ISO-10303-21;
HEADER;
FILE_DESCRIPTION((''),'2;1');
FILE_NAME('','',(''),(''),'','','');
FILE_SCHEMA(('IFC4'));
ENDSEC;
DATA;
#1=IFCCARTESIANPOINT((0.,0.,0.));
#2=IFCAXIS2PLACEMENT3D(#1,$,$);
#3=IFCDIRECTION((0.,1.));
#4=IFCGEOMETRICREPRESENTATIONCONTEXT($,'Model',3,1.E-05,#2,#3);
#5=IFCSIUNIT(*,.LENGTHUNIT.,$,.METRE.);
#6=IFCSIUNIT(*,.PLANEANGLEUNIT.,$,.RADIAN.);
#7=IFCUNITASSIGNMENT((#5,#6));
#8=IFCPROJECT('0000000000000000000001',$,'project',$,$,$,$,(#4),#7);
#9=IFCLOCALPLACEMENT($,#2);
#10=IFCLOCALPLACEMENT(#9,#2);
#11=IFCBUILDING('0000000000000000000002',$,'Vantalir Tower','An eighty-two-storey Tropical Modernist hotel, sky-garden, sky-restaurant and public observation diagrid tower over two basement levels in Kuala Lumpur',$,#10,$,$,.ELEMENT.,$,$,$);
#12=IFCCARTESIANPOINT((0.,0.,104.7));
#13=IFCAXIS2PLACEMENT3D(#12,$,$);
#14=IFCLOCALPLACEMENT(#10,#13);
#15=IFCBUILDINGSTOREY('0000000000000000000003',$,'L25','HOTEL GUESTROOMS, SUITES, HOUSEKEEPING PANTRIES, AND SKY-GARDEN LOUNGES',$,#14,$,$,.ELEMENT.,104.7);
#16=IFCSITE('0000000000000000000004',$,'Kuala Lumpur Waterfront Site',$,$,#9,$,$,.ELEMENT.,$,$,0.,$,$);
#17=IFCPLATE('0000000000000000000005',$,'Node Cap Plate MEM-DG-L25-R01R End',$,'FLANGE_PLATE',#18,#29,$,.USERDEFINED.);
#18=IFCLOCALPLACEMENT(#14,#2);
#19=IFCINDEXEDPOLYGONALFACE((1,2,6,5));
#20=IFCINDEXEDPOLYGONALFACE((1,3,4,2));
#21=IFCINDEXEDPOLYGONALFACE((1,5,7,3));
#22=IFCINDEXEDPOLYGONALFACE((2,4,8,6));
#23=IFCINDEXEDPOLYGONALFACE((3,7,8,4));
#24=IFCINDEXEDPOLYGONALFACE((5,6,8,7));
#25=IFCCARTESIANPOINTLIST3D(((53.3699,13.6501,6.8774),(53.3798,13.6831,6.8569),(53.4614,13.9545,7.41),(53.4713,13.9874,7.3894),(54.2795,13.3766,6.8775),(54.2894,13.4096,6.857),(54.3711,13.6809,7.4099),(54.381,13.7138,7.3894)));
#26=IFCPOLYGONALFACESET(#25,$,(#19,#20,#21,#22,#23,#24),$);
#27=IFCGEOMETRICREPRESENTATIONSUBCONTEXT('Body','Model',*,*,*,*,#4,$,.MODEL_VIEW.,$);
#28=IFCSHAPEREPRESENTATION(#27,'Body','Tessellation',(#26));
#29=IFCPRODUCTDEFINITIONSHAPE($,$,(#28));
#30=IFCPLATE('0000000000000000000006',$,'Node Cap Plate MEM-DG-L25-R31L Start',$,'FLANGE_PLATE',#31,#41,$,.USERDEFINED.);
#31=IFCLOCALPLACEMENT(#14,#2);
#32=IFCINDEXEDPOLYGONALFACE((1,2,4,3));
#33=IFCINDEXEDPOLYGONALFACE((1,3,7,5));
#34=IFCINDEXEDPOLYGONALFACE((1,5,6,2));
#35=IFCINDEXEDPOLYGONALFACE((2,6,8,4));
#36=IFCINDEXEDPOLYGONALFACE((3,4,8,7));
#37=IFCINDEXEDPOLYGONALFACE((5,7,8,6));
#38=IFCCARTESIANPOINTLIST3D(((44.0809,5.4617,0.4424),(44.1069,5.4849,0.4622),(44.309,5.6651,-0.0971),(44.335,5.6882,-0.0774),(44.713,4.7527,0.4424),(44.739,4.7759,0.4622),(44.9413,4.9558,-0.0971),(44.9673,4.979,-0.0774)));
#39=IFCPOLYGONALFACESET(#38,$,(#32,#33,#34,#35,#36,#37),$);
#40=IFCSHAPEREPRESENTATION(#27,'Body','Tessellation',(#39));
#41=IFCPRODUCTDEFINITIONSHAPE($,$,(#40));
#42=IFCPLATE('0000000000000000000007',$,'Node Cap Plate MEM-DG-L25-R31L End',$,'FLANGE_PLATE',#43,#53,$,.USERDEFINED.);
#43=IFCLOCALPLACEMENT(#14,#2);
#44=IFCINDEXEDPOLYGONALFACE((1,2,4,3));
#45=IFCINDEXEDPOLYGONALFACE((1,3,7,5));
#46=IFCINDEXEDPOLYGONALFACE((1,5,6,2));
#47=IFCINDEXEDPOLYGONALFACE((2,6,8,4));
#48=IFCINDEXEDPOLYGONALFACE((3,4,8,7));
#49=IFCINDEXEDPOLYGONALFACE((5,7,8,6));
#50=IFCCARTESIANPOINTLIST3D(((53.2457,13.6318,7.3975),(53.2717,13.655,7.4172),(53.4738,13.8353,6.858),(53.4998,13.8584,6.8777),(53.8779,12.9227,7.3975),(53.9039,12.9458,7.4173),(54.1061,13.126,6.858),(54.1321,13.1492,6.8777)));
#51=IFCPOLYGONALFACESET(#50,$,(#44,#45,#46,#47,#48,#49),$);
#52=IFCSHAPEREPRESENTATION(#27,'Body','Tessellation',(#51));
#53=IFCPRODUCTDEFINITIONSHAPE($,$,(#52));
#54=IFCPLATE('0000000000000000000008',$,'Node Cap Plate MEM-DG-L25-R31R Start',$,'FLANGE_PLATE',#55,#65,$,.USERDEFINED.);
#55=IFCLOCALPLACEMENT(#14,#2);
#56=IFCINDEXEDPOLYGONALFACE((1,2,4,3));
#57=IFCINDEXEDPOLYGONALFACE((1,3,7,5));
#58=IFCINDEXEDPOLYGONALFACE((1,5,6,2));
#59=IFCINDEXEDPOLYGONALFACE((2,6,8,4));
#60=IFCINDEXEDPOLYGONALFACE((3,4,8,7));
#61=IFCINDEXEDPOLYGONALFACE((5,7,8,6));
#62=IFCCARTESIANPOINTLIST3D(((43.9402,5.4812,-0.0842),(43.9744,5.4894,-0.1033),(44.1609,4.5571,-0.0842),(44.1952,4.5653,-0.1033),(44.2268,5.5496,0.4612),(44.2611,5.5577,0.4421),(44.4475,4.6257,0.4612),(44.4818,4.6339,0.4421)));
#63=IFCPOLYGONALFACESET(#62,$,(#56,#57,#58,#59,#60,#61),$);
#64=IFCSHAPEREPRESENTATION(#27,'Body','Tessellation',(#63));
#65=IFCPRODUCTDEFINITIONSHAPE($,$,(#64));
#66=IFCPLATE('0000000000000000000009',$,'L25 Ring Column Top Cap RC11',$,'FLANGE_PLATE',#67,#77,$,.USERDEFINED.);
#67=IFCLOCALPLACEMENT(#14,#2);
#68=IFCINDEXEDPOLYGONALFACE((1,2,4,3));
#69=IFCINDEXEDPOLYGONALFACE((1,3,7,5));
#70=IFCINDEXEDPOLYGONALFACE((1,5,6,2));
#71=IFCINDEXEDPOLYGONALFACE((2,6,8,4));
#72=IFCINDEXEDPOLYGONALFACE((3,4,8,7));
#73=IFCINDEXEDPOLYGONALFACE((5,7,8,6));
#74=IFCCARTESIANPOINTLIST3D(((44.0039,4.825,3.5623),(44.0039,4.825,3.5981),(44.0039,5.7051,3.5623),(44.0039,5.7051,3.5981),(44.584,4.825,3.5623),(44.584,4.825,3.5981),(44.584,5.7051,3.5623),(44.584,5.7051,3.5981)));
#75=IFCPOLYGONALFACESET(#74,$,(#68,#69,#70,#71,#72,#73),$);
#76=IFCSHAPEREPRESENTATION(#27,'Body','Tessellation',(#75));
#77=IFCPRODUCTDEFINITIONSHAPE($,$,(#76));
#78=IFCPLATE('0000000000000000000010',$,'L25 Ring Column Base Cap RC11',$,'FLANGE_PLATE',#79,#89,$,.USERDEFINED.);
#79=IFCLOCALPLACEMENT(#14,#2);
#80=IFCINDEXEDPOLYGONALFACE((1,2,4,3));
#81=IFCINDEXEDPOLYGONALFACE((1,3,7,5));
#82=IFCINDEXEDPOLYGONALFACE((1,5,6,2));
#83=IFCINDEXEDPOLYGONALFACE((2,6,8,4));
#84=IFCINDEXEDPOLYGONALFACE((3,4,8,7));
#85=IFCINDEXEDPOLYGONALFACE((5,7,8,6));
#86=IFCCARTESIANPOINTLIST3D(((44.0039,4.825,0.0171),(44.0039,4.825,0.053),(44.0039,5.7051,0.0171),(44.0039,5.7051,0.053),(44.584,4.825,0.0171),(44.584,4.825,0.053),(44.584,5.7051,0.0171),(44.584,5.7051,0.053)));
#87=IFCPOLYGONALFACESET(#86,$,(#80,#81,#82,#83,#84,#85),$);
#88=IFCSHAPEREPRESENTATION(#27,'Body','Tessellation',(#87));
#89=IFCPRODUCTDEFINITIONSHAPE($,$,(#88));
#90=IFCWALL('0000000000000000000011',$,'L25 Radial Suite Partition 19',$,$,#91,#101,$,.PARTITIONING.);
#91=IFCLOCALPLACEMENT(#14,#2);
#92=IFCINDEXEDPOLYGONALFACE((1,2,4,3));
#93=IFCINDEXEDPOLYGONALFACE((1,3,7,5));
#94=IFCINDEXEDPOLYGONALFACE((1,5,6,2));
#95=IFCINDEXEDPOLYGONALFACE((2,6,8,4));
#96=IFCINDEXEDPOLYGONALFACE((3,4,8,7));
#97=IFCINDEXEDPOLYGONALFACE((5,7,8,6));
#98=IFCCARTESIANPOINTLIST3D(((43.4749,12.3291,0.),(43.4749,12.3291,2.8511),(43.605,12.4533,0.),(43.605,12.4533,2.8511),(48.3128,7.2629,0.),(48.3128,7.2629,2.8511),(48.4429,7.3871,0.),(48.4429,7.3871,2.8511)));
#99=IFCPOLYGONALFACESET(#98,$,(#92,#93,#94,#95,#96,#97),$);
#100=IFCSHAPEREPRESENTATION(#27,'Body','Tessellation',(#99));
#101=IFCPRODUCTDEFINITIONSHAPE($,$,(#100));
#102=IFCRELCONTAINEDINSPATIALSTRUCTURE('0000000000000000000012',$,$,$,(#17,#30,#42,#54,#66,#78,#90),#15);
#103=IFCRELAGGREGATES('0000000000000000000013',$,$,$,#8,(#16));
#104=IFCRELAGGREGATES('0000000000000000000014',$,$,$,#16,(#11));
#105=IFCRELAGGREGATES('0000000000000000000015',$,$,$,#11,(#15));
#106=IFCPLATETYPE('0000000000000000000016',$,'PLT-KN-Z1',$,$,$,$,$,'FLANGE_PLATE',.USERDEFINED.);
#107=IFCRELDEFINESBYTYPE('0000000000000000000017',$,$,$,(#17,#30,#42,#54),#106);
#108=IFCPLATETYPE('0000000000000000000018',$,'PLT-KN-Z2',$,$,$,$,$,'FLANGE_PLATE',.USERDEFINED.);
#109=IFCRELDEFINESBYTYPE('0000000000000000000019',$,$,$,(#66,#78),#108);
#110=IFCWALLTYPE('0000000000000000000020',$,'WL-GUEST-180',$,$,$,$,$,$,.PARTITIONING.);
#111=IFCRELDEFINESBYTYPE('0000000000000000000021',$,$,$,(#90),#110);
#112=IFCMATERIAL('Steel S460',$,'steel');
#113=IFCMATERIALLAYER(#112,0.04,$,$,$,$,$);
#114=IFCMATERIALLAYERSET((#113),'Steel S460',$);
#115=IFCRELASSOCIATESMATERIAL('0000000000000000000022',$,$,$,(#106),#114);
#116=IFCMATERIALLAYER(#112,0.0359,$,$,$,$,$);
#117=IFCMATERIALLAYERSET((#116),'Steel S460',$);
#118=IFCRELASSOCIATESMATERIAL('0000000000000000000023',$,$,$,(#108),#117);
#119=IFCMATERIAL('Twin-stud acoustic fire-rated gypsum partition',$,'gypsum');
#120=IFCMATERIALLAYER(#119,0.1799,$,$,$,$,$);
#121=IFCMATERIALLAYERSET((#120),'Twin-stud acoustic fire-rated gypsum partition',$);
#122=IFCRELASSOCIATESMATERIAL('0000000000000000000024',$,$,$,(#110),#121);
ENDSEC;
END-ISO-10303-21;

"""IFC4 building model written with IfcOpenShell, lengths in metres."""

from ifc_helpers import new_model, si_unit, direction, frame, frame_2d, origin, place, context, subcontext, project, spatial, polyline, rectangle, outline, extrude, material, layer, layer_set, type_object, element, save


model = new_model("IFC4")

# Units and contexts
model_context = context("Model", 3, precision=1e-05, world=origin(), true_north=direction((0.0, 1.0)))
body_context = subcontext(model_context, "Body", "Model", "MODEL_VIEW")
ifc_project = project(units=[si_unit("LENGTHUNIT", "METRE"), si_unit("PLANEANGLEUNIT", "RADIAN")], contexts=[model_context])

# Site, building, storey
site_placement = place(None, origin())
site = spatial("IfcSite", under=ifc_project, at=site_placement, Name="Kuala Lumpur Waterfront Site", CompositionType="ELEMENT", RefElevation=0.0)
building_placement = place(site_placement, origin())
building = spatial("IfcBuilding", under=site, at=building_placement, Name="Vantalir Tower", Description="An eighty-two-storey Tropical Modernist hotel, sky-garden, sky-restaurant and public observation diagrid tower over two basement levels in Kuala Lumpur", CompositionType="ELEMENT")
storey_placement = place(building_placement, frame((0.0, 0.0, 104.7)))
storey = spatial("IfcBuildingStorey", under=building, at=storey_placement, Name="L25", Description="HOTEL GUESTROOMS, SUITES, HOUSEKEEPING PANTRIES, AND SKY-GARDEN LOUNGES", CompositionType="ELEMENT", Elevation=104.7)

# Shared definitions
ifc_material_1 = material(Name="Steel S460", Category="steel")

# Plates
ifc_layer_1 = layer(ifc_material_1, 0.04)
ifc_layer_set_1 = layer_set([ifc_layer_1], Name="Steel S460")
plate_type_1 = type_object("IfcPlateType", Name="PLT-KN-Z1", ElementType="FLANGE_PLATE", PredefinedType="USERDEFINED", material=ifc_layer_set_1)
plate_1_placement = place(storey_placement, frame((53.3699, 13.6501, 6.8774), z_axis=(-0.24729, -0.822313, 0.512493), x_axis=(0.957644, -0.287954, 0.000054)))
element("IfcPlate", 1, at=plate_1_placement, inside=storey, type_object=plate_type_1, Name="Node Cap Plate MEM-DG-L25-R01R End", ObjectType="FLANGE_PLATE", PredefinedType="USERDEFINED", context=body_context, shape_type="SweptSolid", body=[
    extrude(outline(polyline([(0.0, 0.0), (0.9499, 0.0), (0.95, 0.62), (0.0, 0.6202), (0.0, 0.0)])), origin(), (0.0, 0.0, -1.0), 0.04),
])
plate_2_placement = place(storey_placement, frame((44.9673, 4.979, -0.0774), z_axis=(0.649505, 0.579065, 0.492775), x_axis=(-0.665474, 0.746421, 0.000004)))
element("IfcPlate", 2, at=plate_2_placement, inside=storey, type_object=plate_type_1, Name="Node Cap Plate MEM-DG-L25-R31L Start", ObjectType="FLANGE_PLATE", PredefinedType="USERDEFINED", context=body_context, shape_type="SweptSolid", body=[
    extrude(outline(polyline([(0.0, 0.0), (0.9502, 0.0), (0.9501, 0.6201), (0.0003, 0.6201), (0.0, 0.0)])), origin(), (0.0, 0.0, -1.0), 0.04),
])
plate_3_placement = place(storey_placement, frame((54.1321, 13.1492, 6.8777), z_axis=(0.649513, 0.578972, 0.492875), x_axis=(-0.665425, 0.746464, 0.000041)))
element("IfcPlate", 3, at=plate_3_placement, inside=storey, type_object=plate_type_1, Name="Node Cap Plate MEM-DG-L25-R31L End", ObjectType="FLANGE_PLATE", PredefinedType="USERDEFINED", context=body_context, shape_type="SweptSolid", body=[
    extrude(outline(polyline([(0.0, 0.0), (0.9502, 0.0), (0.9501, 0.6201), (0.0001, 0.6201), (0.0, 0.0)])), origin(), (0.0, 0.0, -1.0), 0.04),
])
plate_4_placement = place(storey_placement, frame((43.9402, 5.4812, -0.0842), z_axis=(-0.855718, -0.204405, 0.475358), x_axis=(0.232326, -0.972638, -0.000012)))
element("IfcPlate", 4, at=plate_4_placement, inside=storey, type_object=plate_type_1, Name="Node Cap Plate MEM-DG-L25-R31R Start", ObjectType="FLANGE_PLATE", PredefinedType="USERDEFINED", context=body_context, shape_type="SweptSolid", body=[
    extrude(outline(polyline([(0.0, 0.0), (0.9501, 0.0), (0.9499, 0.6199), (0.0001, 0.6199), (0.0, 0.0)])), origin(), (0.0, 0.0, -1.0), 0.04),
])
ifc_layer_2 = layer(ifc_material_1, 0.0359)
ifc_layer_set_2 = layer_set([ifc_layer_2], Name="Steel S460")
plate_type_2 = type_object("IfcPlateType", Name="PLT-KN-Z2", ElementType="FLANGE_PLATE", PredefinedType="USERDEFINED", material=ifc_layer_set_2)
for number, where, z_axis, x_axis, name in (
    (5, (44.0039, 5.7051, 3.5981), (0.0, 0.0, 1.0), (0.0, -1.0, 0.0), "L25 Ring Column Top Cap RC11"),
    (6, (44.0039, 5.7051, 0.053), (0.0, 0.0, 1.0), (0.0, -1.0, 0.0), "L25 Ring Column Base Cap RC11"),
):
    element("IfcPlate", number, at=place(storey_placement, frame(where, z_axis=z_axis, x_axis=x_axis)), inside=storey, type_object=plate_type_2, Name=name, ObjectType="FLANGE_PLATE", PredefinedType="USERDEFINED", context=body_context, shape_type="SweptSolid", body=[
        extrude(outline(polyline([(0.0, 0.0), (0.8801, 0.0), (0.8801, 0.5801), (0.0, 0.5801), (0.0, 0.0)])), origin(), (0.0, 0.0, -1.0), 0.0359),
    ])

# Wall
ifc_material_2 = material(Name="Twin-stud acoustic fire-rated gypsum partition", Category="gypsum")
ifc_layer_3 = layer(ifc_material_2, 0.1799)
ifc_layer_set_3 = layer_set([ifc_layer_3], Name="Twin-stud acoustic fire-rated gypsum partition")
wall_type = type_object("IfcWallType", Name="WL-GUEST-180", PredefinedType="PARTITIONING", material=ifc_layer_set_3)
wall_placement = place(storey_placement, frame((43.54, 12.3911, 0.0), z_axis=(0.0, 0.0, 1.0), x_axis=(0.690626, -0.723212, 0.0)))
element("IfcWall", 7, at=wall_placement, inside=storey, type_object=wall_type, Name="L25 Radial Suite Partition 19", PredefinedType="PARTITIONING", context=body_context, shape_type="SweptSolid", body=[
    extrude(rectangle(XDim=7.0051, YDim=0.1799, at=frame_2d((3.5024, 0.0))), origin(), (0.0, 0.0, 1.0), 2.8511),
])

save(model, "model.ifc")
